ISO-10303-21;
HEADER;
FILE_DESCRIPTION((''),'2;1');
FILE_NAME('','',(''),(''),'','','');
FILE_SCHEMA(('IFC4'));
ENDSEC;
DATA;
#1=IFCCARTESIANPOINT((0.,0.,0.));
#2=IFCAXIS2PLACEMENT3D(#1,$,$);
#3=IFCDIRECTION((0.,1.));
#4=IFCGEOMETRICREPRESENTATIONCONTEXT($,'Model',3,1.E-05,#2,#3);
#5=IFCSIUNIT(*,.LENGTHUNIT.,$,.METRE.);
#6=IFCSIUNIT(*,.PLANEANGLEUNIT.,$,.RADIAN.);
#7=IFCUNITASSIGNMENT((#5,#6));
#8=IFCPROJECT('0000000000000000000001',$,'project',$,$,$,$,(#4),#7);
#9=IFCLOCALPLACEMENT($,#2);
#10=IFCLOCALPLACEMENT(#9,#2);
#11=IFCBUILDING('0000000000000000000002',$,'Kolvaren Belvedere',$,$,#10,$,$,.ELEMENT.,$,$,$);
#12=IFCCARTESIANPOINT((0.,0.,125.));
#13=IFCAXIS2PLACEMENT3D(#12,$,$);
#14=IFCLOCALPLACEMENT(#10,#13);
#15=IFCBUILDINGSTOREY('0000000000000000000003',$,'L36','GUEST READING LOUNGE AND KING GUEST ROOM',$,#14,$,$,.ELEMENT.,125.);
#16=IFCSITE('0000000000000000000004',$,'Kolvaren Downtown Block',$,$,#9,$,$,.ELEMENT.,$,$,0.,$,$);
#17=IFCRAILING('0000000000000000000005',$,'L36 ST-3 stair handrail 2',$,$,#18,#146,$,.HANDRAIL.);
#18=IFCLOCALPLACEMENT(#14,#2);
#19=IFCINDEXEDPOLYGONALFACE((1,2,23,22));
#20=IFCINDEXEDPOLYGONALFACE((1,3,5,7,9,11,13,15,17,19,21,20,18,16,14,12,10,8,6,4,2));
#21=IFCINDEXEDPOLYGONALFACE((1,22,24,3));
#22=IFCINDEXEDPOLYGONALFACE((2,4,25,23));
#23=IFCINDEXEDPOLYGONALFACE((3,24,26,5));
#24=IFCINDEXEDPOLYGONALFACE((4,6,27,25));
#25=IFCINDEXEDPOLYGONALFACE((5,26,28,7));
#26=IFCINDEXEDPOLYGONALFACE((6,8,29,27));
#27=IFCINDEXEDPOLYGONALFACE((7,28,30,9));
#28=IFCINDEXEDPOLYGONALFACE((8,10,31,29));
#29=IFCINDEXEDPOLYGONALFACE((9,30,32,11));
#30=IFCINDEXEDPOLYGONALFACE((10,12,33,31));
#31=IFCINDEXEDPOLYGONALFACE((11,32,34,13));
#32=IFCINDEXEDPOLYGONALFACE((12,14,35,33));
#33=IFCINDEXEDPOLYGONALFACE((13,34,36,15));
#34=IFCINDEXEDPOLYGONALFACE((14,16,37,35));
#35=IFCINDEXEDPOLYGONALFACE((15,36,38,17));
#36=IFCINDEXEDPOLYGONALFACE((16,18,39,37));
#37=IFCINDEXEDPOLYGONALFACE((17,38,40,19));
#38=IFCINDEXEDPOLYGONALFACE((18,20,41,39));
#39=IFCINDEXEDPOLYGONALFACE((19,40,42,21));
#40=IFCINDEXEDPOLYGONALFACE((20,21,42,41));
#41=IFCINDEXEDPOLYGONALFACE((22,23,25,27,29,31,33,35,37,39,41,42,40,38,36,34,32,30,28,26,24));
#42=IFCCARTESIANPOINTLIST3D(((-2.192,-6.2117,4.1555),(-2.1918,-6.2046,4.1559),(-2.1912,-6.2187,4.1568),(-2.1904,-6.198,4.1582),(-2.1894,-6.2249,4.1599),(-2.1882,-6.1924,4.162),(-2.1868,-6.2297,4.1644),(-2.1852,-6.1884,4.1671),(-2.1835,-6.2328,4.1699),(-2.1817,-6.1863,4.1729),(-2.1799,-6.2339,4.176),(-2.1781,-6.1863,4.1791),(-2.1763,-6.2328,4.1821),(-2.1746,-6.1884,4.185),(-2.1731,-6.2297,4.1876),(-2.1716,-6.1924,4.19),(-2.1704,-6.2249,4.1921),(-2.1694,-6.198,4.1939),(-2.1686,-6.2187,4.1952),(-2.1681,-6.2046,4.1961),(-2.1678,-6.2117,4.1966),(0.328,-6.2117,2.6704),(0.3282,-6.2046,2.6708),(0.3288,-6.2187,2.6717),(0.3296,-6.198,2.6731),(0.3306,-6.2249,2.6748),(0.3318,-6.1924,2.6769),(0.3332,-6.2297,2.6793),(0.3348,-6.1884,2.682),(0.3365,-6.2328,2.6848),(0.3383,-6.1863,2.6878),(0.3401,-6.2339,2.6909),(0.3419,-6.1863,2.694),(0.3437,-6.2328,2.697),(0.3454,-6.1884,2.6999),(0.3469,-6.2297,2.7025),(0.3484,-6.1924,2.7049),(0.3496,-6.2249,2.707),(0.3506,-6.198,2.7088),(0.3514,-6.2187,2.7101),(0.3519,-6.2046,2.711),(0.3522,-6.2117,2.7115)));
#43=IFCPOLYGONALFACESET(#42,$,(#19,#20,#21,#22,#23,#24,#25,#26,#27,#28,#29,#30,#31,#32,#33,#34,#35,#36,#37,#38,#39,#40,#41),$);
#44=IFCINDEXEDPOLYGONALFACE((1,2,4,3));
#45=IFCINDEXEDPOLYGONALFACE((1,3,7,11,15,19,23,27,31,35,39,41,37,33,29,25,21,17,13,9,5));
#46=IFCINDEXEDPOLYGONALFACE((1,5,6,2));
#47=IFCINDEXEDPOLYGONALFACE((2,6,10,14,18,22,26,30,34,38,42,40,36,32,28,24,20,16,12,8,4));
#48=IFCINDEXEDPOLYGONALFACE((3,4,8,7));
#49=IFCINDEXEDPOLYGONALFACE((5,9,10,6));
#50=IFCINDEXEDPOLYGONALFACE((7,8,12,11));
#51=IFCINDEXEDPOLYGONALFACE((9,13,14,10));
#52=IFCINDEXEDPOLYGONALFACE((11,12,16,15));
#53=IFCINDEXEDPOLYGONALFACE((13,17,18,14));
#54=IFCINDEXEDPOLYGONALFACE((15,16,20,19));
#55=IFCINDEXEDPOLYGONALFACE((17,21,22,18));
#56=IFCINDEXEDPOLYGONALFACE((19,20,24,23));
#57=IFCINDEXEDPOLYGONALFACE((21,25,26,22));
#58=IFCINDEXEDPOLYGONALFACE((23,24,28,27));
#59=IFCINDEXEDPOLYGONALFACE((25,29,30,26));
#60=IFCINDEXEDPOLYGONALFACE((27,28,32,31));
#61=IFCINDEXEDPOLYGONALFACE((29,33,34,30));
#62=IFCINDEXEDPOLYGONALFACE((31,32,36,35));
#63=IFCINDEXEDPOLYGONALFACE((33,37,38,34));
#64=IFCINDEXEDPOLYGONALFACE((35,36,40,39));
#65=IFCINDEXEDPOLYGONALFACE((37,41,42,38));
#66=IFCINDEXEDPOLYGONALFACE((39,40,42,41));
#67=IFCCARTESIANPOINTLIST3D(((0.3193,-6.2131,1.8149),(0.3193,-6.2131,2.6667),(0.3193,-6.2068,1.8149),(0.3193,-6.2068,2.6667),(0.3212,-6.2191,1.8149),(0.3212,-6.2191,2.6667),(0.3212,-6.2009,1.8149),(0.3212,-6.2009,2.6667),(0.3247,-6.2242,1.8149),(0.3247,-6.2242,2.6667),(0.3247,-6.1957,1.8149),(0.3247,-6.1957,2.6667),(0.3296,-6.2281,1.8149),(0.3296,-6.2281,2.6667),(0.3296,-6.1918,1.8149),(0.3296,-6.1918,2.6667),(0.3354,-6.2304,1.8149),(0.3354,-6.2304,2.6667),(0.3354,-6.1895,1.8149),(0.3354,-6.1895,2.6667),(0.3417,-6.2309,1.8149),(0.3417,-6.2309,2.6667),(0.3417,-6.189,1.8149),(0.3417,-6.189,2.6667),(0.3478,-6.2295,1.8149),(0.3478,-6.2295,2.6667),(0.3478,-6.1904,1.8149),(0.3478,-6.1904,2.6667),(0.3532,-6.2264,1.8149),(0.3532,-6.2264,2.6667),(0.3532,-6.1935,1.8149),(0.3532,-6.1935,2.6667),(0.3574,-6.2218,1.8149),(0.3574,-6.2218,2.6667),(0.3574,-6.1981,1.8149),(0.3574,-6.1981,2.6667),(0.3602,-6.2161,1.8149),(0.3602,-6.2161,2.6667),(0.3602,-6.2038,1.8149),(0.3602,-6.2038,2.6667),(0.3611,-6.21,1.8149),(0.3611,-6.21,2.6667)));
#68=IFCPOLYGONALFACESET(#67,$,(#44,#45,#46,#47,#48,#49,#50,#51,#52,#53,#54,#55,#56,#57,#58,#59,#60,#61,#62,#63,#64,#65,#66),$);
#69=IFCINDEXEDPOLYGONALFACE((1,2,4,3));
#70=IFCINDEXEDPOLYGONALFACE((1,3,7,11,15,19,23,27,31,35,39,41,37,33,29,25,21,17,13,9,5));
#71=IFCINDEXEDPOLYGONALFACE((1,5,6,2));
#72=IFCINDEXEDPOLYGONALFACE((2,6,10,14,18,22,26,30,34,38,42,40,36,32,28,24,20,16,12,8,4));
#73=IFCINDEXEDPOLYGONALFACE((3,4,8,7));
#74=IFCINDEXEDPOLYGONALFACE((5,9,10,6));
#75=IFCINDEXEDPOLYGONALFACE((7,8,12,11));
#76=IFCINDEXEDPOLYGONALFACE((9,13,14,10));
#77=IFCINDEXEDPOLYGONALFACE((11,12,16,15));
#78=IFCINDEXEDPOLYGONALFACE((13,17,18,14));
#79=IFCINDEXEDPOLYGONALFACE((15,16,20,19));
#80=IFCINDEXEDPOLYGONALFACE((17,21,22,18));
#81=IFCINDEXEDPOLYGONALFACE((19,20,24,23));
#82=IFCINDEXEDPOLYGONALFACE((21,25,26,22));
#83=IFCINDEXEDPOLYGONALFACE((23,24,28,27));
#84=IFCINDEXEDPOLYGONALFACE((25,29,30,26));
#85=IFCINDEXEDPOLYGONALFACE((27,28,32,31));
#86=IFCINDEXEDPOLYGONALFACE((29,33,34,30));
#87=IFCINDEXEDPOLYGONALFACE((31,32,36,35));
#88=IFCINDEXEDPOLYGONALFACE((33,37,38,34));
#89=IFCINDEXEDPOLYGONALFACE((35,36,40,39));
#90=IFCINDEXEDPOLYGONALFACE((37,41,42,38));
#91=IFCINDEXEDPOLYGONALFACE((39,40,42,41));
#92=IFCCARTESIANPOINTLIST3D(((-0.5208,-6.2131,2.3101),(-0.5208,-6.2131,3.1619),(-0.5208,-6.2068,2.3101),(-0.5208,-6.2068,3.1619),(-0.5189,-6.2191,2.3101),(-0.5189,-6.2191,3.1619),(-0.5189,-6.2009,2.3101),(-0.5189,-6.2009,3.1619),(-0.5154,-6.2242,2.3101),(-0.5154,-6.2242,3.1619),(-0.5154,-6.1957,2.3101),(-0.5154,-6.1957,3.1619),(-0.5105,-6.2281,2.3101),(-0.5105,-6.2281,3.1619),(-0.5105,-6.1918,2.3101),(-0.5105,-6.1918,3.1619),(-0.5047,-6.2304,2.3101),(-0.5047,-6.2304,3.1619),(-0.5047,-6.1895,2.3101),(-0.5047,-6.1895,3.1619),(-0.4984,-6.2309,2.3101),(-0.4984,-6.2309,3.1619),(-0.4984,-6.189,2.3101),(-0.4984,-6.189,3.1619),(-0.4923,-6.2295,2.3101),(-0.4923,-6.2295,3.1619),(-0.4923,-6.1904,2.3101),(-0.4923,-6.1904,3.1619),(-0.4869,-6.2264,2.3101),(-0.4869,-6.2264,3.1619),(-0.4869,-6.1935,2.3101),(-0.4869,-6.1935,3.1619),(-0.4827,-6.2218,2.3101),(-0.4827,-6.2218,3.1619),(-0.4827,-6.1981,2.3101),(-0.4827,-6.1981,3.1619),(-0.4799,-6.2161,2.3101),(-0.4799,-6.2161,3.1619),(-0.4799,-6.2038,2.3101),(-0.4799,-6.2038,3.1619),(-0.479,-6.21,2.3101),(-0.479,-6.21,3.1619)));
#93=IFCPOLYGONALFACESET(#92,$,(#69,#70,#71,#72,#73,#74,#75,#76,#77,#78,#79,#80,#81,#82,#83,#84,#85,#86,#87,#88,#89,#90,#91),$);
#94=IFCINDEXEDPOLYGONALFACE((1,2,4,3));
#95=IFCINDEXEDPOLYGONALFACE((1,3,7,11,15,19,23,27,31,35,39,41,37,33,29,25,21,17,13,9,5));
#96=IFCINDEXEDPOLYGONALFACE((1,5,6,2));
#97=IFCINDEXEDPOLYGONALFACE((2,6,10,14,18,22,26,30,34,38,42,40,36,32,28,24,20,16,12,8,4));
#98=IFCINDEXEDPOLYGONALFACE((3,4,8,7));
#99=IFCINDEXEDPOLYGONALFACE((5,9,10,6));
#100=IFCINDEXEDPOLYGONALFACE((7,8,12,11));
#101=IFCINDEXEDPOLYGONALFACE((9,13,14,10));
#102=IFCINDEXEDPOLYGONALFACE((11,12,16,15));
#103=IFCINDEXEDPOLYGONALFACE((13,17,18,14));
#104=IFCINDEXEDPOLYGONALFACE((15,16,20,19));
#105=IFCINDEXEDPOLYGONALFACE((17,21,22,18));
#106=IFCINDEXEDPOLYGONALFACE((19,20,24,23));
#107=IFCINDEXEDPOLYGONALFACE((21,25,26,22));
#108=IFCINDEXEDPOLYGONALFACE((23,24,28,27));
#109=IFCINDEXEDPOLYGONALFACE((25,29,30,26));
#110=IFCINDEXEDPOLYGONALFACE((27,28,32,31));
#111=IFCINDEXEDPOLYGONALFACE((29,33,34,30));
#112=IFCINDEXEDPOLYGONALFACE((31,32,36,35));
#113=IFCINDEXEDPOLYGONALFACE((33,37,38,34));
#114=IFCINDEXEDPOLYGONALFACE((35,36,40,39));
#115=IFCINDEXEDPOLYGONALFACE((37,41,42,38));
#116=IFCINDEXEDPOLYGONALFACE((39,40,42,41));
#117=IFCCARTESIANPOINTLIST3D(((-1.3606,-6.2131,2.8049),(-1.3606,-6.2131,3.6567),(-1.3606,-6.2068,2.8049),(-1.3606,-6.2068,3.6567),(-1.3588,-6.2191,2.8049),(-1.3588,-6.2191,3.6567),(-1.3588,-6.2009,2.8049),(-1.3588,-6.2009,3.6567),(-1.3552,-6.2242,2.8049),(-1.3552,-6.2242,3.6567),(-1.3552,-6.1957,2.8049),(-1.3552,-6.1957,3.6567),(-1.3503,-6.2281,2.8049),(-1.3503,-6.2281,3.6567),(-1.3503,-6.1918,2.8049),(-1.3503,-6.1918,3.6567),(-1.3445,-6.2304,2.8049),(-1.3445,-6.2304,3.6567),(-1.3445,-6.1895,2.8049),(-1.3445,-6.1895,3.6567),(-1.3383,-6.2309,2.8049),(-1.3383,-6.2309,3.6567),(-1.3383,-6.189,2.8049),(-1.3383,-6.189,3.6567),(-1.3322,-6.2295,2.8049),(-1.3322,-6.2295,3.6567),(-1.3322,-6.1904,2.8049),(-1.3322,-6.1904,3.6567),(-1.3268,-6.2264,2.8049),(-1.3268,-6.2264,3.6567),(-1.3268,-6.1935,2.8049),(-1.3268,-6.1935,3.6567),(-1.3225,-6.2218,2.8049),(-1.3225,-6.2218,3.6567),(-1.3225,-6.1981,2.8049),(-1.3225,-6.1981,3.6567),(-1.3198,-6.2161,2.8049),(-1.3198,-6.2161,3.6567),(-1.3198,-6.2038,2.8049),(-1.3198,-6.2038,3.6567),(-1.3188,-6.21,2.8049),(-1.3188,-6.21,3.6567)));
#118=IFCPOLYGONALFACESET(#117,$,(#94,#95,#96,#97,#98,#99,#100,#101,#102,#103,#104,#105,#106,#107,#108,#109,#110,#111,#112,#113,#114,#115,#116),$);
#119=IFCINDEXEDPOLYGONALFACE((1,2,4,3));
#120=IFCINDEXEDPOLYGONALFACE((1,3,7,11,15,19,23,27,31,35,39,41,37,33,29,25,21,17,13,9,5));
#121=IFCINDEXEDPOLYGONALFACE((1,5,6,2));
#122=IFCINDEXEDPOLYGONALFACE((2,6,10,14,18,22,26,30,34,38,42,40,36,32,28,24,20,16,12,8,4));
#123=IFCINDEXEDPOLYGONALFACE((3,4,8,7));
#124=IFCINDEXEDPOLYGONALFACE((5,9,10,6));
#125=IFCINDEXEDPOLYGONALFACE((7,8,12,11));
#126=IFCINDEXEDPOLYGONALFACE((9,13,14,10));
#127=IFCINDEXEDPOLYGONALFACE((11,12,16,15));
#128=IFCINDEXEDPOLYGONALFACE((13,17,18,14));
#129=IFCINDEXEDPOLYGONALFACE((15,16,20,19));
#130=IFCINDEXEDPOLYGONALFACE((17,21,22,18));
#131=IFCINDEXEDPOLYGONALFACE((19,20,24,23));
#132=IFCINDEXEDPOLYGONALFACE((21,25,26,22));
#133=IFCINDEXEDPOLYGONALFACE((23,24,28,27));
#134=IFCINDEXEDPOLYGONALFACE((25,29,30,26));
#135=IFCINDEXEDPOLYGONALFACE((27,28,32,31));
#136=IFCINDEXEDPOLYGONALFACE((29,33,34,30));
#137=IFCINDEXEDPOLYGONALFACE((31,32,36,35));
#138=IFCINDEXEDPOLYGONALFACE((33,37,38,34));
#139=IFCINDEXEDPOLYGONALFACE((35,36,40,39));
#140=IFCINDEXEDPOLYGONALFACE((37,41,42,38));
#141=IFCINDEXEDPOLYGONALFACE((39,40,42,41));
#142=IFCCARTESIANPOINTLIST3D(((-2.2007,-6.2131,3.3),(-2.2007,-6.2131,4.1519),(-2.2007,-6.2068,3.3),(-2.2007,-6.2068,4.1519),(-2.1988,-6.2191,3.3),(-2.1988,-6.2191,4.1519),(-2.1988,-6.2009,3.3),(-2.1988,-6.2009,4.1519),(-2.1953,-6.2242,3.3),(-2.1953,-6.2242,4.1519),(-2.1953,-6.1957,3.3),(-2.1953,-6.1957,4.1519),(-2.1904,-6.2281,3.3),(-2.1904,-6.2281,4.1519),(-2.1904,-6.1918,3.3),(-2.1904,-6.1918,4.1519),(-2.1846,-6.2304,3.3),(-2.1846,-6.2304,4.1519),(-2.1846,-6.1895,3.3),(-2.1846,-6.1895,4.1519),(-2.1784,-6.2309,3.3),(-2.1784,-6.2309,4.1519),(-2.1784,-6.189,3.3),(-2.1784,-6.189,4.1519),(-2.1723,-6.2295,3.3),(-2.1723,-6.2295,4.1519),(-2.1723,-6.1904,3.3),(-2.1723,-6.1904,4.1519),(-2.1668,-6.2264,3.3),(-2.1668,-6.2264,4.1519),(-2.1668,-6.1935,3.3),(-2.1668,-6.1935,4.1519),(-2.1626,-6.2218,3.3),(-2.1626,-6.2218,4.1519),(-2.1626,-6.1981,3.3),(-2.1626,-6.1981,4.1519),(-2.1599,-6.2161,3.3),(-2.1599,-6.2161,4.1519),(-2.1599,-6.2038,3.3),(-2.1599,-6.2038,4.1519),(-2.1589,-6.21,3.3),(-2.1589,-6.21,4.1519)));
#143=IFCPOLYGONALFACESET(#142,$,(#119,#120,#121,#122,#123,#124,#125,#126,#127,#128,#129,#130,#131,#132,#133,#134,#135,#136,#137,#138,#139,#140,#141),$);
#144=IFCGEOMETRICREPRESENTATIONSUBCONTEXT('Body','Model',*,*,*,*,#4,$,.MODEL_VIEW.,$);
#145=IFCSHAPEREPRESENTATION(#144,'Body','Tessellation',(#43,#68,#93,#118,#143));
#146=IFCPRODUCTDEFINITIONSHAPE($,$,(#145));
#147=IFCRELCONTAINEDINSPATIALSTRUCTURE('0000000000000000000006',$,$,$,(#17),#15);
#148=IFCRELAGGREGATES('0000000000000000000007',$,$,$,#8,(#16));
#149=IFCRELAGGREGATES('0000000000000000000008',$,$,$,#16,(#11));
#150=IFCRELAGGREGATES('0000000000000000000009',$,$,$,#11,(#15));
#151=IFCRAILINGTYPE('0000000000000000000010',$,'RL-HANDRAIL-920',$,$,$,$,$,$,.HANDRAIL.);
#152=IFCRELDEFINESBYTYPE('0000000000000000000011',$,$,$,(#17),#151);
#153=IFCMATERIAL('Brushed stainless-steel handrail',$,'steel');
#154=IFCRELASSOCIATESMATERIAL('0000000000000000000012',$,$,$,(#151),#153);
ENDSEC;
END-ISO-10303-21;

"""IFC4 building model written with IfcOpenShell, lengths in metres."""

from ifc_helpers import new_model, si_unit, direction, frame, origin, origin_2d, place, context, subcontext, project, spatial, circle, extrude, material, type_object, element, save


model = new_model("IFC4")

# Units and contexts
model_context = context("Model", 3, precision=1e-05, world=origin(), true_north=direction((0.0, 1.0)))
body_context = subcontext(model_context, "Body", "Model", "MODEL_VIEW")
ifc_project = project(units=[si_unit("LENGTHUNIT", "METRE"), si_unit("PLANEANGLEUNIT", "RADIAN")], contexts=[model_context])

# Site, building, storey
site_placement = place(None, origin())
site = spatial("IfcSite", under=ifc_project, at=site_placement, Name="Kolvaren Downtown Block", CompositionType="ELEMENT", RefElevation=0.0)
building_placement = place(site_placement, origin())
building = spatial("IfcBuilding", under=site, at=building_placement, Name="Kolvaren Belvedere", CompositionType="ELEMENT")
storey_placement = place(building_placement, frame((0.0, 0.0, 125.0)))
storey = spatial("IfcBuildingStorey", under=building, at=storey_placement, Name="L36", Description="GUEST READING LOUNGE AND KING GUEST ROOM", CompositionType="ELEMENT", Elevation=125.0)

# Railing
ifc_material_1 = material(Name="Brushed stainless-steel handrail", Category="steel")
railing_type_1 = type_object("IfcRailingType", Name="RL-HANDRAIL-920", PredefinedType="HANDRAIL", material=ifc_material_1)
railing_1_placement = place(storey_placement, frame((0.3401, -6.21, 1.8149)))
element("IfcRailing", 1, at=railing_1_placement, inside=storey, type_object=railing_type_1, Name="L36 ST-3 stair handrail 2", PredefinedType="HANDRAIL", context=body_context, shape_type="SweptSolid", body=[
    extrude(circle(Radius=0.0239, at=origin_2d()), frame((0.0, 0.0, 0.876), z_axis=(-0.861524, 0.0, 0.507717), x_axis=(0.0, -1.0, 0.0)), (0.0, 0.0, 1.0), 2.925),
    extrude(circle(Radius=0.021, at=origin_2d()), origin(), (0.0, 0.0, 1.0), 0.8518),
    extrude(circle(Radius=0.021, at=origin_2d()), frame((-0.8401, 0.0, 0.4951)), (0.0, 0.0, 1.0), 0.8518),
    extrude(circle(Radius=0.021, at=origin_2d()), frame((-1.6799, 0.0, 0.99)), (0.0, 0.0, 1.0), 0.8518),
    extrude(circle(Radius=0.021, at=origin_2d()), frame((-2.52, 0.0, 1.4851)), (0.0, 0.0, 1.0), 0.8518),
])

save(model, "model.ifc")
